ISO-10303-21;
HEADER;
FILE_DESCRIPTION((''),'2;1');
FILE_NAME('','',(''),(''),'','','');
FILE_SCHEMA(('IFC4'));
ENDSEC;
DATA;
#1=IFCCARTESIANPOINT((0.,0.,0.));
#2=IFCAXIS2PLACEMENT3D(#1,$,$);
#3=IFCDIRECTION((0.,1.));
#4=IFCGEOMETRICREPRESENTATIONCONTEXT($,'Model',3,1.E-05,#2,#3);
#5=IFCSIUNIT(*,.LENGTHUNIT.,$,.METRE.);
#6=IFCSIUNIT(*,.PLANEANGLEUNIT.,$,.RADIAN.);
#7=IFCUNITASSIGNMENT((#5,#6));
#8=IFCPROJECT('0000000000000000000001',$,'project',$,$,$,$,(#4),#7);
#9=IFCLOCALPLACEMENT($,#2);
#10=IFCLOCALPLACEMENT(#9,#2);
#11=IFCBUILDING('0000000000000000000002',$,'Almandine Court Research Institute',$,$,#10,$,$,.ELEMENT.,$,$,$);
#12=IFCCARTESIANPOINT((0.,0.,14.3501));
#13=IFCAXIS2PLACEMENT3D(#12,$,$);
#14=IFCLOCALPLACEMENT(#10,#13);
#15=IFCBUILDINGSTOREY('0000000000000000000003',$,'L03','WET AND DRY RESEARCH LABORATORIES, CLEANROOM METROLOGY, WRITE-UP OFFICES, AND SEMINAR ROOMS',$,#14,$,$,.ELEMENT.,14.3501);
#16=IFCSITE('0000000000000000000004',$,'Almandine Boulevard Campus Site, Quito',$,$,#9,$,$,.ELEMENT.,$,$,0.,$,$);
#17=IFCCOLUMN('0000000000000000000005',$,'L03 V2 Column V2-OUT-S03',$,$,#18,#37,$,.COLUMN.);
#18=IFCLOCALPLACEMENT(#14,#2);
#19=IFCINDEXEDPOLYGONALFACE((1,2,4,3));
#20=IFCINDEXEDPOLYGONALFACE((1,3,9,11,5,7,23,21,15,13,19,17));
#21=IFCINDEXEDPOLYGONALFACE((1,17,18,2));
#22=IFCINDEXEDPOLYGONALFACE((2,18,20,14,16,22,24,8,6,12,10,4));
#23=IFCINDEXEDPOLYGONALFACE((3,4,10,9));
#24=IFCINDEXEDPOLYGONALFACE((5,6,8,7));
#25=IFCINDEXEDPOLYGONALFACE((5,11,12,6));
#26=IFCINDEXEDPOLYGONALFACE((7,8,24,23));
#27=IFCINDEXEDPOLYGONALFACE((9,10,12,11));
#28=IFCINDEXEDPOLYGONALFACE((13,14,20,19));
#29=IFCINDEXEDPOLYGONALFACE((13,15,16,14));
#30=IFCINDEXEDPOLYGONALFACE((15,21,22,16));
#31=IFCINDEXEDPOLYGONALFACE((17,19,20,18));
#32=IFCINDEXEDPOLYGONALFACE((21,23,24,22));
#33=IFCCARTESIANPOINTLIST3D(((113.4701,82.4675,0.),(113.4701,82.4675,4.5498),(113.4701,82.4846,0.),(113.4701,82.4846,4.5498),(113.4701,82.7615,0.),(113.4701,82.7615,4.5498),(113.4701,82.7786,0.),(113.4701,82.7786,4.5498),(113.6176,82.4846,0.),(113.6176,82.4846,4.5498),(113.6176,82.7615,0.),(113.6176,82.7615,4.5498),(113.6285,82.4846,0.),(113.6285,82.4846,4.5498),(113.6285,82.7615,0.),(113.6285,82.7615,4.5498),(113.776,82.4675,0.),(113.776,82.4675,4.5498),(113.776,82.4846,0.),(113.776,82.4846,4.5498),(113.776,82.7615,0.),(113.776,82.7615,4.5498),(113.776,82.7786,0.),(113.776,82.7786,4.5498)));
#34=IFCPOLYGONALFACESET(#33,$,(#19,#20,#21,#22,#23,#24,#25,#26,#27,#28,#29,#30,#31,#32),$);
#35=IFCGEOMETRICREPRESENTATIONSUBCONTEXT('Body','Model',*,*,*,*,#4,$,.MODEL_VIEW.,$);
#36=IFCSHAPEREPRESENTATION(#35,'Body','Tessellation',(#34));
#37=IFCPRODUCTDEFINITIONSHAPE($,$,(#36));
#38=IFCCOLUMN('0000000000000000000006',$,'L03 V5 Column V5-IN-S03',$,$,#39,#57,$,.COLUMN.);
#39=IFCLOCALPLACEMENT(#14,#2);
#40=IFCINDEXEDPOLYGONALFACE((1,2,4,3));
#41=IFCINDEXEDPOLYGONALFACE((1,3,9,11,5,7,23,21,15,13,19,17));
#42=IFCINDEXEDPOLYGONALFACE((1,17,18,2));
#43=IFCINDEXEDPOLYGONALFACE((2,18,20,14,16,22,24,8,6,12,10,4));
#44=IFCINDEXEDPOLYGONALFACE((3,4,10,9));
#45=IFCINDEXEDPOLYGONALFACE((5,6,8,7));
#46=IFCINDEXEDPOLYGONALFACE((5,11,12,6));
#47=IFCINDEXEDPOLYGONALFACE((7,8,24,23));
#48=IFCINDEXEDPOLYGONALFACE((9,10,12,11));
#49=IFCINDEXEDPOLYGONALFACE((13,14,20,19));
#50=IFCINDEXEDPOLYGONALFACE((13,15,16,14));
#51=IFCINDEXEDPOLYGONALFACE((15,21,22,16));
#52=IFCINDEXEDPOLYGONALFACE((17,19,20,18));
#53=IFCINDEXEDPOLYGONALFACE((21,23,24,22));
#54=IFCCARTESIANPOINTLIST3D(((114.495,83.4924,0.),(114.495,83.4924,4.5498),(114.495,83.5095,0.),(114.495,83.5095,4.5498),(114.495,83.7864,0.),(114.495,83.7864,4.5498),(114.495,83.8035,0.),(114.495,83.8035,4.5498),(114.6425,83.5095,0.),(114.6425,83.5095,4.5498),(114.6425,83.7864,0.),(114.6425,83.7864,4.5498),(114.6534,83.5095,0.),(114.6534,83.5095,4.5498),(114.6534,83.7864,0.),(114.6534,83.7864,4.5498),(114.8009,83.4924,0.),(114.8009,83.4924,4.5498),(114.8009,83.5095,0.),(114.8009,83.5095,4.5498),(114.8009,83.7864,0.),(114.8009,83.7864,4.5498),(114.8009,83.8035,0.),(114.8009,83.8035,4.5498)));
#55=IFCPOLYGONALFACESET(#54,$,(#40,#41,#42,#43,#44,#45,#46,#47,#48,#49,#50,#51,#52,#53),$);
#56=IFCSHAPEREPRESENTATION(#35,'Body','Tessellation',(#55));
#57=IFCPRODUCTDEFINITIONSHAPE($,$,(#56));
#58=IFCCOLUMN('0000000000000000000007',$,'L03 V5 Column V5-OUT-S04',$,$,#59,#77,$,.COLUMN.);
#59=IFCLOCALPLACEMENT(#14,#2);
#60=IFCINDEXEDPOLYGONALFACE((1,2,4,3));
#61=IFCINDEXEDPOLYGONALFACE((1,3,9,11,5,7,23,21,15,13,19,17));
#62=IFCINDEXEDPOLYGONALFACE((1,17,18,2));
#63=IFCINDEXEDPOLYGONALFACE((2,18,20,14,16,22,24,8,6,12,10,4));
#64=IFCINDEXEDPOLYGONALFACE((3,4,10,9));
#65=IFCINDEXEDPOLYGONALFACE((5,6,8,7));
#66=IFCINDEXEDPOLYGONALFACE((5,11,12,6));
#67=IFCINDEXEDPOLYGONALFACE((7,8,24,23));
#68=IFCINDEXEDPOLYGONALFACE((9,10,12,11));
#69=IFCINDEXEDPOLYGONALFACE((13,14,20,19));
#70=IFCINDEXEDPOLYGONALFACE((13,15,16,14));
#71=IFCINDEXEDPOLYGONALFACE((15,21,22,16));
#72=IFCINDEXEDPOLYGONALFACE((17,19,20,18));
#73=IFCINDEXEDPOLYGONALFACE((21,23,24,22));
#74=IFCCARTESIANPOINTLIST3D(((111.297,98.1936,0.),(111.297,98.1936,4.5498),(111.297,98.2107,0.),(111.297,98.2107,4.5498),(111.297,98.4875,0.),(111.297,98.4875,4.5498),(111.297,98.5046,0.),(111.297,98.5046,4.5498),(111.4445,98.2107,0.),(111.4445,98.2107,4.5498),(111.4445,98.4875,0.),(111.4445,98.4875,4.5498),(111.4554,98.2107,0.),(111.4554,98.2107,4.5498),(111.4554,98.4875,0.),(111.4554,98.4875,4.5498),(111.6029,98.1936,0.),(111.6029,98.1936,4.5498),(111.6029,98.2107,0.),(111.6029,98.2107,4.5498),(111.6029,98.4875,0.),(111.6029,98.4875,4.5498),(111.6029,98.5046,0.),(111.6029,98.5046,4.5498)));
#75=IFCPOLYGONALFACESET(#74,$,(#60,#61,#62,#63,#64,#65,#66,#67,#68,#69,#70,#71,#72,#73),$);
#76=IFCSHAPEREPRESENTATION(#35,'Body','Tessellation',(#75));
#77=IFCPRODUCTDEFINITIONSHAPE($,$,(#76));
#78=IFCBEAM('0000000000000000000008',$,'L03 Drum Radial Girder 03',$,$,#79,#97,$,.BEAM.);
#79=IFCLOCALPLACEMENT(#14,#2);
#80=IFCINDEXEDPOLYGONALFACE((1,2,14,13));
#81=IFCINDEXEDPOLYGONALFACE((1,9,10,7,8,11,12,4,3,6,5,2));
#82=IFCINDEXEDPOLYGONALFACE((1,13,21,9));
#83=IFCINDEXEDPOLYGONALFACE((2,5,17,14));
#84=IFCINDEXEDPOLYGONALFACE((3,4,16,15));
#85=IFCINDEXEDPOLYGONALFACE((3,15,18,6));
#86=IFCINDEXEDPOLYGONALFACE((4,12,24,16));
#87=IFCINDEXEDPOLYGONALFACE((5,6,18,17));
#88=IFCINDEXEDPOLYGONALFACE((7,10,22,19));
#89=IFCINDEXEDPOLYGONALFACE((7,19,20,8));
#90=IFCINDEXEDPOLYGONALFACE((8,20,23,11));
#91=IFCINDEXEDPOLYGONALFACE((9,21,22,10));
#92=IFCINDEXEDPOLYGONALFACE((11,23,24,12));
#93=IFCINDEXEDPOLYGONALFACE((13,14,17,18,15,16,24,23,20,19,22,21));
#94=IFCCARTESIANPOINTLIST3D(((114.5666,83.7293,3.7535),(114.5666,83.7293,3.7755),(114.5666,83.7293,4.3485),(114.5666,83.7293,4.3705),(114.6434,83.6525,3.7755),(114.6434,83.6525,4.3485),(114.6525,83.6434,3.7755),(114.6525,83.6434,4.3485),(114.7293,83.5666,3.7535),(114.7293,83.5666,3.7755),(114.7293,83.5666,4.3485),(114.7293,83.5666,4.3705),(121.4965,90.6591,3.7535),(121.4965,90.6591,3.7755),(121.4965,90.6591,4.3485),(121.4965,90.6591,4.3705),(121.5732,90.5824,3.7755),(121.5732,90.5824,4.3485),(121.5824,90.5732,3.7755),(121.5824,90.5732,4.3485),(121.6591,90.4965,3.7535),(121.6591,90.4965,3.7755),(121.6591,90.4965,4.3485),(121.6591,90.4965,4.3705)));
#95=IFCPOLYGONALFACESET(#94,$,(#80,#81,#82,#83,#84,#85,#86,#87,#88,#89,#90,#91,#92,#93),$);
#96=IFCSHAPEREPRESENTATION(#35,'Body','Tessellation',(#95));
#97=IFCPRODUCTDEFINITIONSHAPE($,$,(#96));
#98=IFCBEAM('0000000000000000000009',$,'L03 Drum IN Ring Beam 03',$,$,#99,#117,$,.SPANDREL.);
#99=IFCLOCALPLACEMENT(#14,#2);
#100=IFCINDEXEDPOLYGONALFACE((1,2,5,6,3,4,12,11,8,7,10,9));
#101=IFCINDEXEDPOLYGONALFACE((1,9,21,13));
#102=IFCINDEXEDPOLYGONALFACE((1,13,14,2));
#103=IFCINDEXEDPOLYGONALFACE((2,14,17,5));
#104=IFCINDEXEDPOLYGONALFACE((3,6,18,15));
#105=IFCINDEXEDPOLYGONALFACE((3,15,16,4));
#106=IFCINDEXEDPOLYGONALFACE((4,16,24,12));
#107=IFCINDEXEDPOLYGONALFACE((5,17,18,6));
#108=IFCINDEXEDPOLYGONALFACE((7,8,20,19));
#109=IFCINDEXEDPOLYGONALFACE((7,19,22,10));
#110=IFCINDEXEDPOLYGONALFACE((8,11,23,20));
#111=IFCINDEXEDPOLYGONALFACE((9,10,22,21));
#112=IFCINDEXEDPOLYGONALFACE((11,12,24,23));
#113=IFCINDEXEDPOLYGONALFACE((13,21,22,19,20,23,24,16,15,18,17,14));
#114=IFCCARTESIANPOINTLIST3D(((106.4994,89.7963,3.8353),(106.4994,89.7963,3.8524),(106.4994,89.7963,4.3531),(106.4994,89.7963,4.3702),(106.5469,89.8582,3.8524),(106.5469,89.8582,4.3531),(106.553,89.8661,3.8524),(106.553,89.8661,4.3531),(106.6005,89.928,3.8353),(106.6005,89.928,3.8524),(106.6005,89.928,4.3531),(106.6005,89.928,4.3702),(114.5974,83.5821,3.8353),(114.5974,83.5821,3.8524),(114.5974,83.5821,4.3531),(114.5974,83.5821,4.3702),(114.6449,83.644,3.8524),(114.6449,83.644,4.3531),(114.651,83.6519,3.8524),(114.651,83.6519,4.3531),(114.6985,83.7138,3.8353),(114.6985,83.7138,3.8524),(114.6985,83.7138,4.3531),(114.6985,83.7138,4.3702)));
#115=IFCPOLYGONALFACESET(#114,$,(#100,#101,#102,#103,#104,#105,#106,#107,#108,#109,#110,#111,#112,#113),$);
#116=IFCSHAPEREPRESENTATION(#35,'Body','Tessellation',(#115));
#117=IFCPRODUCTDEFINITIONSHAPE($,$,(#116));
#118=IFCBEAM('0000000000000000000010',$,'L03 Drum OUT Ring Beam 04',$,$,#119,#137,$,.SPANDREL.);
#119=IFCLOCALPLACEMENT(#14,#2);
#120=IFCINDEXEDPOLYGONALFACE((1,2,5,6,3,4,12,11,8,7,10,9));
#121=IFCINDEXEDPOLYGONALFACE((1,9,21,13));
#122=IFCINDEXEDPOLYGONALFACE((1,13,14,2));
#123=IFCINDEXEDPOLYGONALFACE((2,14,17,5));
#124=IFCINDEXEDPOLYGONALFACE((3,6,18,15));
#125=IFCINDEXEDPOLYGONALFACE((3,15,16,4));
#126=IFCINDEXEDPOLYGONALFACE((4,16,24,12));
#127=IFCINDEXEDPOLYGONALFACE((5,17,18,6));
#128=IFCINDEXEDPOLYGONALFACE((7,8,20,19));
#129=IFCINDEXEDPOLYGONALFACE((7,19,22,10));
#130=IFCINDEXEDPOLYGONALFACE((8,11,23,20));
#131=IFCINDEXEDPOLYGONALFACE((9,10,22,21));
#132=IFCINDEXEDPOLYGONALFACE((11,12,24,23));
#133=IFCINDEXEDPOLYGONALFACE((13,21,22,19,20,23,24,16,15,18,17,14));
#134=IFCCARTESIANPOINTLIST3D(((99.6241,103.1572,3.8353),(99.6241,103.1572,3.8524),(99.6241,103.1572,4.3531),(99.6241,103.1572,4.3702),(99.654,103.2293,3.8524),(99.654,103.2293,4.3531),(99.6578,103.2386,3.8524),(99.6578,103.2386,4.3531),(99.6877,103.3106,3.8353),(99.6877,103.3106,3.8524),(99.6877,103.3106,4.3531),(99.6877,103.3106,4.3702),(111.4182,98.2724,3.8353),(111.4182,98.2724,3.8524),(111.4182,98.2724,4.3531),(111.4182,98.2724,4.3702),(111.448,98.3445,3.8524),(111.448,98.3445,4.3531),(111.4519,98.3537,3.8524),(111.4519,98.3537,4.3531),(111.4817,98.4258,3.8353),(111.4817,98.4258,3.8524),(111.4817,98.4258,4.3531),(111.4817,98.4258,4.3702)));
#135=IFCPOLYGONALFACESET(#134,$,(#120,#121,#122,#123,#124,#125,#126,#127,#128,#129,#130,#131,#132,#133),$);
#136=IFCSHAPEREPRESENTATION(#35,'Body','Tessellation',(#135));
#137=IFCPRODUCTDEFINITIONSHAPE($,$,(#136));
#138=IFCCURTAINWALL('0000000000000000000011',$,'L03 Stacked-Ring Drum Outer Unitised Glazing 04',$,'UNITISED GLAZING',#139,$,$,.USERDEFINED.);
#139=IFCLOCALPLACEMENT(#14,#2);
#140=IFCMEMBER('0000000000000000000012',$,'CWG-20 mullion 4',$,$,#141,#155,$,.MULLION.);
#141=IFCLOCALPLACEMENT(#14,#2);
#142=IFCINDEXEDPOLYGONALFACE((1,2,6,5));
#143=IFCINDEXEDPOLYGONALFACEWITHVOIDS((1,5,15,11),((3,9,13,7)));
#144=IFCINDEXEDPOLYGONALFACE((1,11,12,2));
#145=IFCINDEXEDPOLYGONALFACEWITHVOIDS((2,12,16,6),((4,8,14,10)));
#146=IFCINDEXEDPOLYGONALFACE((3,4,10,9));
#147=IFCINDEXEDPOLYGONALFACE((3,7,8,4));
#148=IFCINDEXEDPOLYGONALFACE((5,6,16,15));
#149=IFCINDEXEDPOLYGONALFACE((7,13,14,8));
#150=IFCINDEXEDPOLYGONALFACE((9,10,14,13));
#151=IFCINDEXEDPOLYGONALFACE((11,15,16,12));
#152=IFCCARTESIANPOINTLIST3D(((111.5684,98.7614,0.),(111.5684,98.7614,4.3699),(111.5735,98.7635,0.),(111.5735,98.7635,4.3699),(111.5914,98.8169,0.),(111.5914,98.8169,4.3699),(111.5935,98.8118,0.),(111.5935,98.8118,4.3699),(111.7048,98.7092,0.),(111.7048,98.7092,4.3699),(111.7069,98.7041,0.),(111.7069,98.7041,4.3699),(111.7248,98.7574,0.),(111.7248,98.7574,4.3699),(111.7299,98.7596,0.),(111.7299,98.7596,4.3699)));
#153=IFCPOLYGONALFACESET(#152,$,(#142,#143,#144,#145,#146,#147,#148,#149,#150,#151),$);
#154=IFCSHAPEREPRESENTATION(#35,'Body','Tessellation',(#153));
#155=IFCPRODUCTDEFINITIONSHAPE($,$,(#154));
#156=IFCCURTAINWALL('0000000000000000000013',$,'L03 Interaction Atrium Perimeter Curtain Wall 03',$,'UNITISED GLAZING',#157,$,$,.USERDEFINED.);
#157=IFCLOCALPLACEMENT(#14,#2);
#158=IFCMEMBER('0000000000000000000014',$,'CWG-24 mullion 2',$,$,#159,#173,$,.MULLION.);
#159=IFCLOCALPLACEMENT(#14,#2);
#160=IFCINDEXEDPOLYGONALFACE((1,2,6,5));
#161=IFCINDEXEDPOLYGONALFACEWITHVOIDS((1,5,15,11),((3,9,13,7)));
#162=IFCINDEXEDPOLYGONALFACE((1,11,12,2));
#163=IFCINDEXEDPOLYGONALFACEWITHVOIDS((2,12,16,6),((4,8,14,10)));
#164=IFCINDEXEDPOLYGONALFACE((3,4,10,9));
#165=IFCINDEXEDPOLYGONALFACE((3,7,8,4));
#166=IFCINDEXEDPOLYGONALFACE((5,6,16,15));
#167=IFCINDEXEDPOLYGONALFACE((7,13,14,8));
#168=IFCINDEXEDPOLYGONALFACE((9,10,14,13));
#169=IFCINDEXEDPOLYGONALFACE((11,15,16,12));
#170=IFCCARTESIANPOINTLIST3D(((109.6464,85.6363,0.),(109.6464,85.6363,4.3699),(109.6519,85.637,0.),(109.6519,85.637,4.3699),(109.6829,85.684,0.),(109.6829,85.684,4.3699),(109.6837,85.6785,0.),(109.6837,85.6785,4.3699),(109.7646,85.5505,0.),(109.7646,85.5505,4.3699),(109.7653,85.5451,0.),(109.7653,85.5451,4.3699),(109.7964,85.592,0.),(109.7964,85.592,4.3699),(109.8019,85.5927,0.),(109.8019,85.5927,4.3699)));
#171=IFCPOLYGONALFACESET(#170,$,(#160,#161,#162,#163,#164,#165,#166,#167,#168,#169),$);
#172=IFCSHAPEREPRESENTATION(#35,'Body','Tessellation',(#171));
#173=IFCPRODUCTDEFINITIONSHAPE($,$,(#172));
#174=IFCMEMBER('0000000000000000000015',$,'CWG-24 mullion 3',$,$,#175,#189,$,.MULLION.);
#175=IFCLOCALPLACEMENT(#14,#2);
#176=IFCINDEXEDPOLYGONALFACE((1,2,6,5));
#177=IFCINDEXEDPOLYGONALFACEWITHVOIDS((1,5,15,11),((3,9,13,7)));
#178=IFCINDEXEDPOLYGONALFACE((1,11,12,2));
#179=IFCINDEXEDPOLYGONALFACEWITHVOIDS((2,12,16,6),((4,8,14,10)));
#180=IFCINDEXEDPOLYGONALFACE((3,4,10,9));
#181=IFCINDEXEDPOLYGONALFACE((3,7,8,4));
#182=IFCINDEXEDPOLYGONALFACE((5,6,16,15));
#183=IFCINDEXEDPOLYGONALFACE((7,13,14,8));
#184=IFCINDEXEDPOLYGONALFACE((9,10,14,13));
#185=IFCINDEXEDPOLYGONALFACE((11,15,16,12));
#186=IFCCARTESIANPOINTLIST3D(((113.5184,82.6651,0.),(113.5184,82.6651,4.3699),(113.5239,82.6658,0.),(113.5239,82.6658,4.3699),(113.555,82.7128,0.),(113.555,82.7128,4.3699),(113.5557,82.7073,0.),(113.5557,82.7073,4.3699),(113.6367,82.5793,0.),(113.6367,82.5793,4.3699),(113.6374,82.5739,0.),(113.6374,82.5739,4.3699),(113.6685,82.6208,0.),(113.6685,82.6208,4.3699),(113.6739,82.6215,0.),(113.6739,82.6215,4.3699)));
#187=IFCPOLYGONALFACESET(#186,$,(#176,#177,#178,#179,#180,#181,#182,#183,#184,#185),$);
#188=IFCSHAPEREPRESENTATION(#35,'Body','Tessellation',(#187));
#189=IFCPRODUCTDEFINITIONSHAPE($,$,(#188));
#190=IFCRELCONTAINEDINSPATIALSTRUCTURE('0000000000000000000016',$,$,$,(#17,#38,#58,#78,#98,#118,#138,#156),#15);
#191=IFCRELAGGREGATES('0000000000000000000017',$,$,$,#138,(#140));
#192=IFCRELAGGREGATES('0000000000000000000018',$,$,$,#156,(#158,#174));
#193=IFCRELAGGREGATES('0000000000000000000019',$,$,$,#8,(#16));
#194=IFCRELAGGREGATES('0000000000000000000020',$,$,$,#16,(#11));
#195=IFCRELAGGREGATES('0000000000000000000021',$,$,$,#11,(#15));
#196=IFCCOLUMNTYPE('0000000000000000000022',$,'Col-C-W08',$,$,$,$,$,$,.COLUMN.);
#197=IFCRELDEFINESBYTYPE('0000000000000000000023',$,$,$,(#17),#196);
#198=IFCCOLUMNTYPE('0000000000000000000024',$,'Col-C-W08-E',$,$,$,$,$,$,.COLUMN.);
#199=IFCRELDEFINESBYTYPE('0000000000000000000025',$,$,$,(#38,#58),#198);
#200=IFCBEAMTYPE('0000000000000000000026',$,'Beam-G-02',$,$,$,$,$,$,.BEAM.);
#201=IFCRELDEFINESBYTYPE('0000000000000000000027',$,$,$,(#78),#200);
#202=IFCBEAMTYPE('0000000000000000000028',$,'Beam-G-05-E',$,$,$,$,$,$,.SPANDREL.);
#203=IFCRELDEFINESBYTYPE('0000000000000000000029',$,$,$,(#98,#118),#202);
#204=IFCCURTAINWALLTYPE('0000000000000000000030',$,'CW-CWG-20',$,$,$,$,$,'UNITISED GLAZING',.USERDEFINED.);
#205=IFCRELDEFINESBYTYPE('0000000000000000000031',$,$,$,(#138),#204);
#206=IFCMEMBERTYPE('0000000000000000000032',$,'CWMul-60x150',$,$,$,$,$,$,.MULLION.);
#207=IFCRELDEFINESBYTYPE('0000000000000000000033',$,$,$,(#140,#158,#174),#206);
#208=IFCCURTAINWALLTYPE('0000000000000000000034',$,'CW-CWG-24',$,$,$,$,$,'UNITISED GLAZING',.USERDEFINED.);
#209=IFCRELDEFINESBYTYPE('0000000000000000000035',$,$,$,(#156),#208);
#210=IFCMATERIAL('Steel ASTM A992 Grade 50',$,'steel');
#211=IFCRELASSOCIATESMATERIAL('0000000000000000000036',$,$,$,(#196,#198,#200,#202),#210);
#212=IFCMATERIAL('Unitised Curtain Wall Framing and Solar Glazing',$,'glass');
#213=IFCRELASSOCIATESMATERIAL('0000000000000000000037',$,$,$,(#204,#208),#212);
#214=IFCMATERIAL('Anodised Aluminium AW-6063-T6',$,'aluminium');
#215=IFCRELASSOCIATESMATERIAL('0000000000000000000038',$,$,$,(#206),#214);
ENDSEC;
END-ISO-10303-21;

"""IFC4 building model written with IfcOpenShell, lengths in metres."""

from ifc_helpers import new_model, si_unit, direction, frame, origin, origin_2d, place, context, subcontext, project, spatial, hollow_rectangle, i_section, extrude, material, material_profile, profile_set, type_object, element, aggregate, save


model = new_model("IFC4")

# Units and contexts
model_context = context("Model", 3, precision=1e-05, world=origin(), true_north=direction((0.0, 1.0)))
body_context = subcontext(model_context, "Body", "Model", "MODEL_VIEW")
ifc_project = project(units=[si_unit("LENGTHUNIT", "METRE"), si_unit("PLANEANGLEUNIT", "RADIAN")], contexts=[model_context])

# Site, building, storey
site_placement = place(None, origin())
site = spatial("IfcSite", under=ifc_project, at=site_placement, Name="Almandine Boulevard Campus Site, Quito", CompositionType="ELEMENT", RefElevation=0.0)
building_placement = place(site_placement, origin())
building = spatial("IfcBuilding", under=site, at=building_placement, Name="Almandine Court Research Institute", CompositionType="ELEMENT")
storey_placement = place(building_placement, frame((0.0, 0.0, 14.3501)))
storey = spatial("IfcBuildingStorey", under=building, at=storey_placement, Name="L03", Description="WET AND DRY RESEARCH LABORATORIES, CLEANROOM METROLOGY, WRITE-UP OFFICES, AND SEMINAR ROOMS", CompositionType="ELEMENT", Elevation=14.3501)

# Columns
ifc_material_1 = material(Name="Steel ASTM A992 Grade 50", Category="steel")
ifc_material_profile_1 = material_profile(ifc_material_1, i_section(OverallWidth=0.3059, OverallDepth=0.311, WebThickness=0.011, FlangeThickness=0.0171, at=origin_2d()), Name="W310x107")
ifc_profile_set_1 = profile_set([ifc_material_profile_1], Name="Steel ASTM A992 Grade 50")
column_type_1 = type_object("IfcColumnType", Name="Col-C-W08", PredefinedType="COLUMN", material=ifc_profile_set_1)
column_placement = place(storey_placement, frame((113.623, 82.623, 0.0), z_axis=(0.0, 0.0, 1.0), x_axis=(1.0, 0.0, 0.0)))
element("IfcColumn", 1, at=column_placement, inside=storey, type_object=column_type_1, Name="L03 V2 Column V2-OUT-S03", PredefinedType="COLUMN", context=body_context, shape_type="SweptSolid", body=[
    extrude(i_section(OverallWidth=0.3059, OverallDepth=0.311, WebThickness=0.011, FlangeThickness=0.0171, at=origin_2d()), origin(), (0.0, 0.0, 1.0), 4.5498),
])
ifc_material_profile_2 = material_profile(ifc_material_1, i_section(OverallWidth=0.3059, OverallDepth=0.311, WebThickness=0.011, FlangeThickness=0.0171, at=origin_2d()), Name="W310x107")
ifc_profile_set_2 = profile_set([ifc_material_profile_2], Name="Steel ASTM A992 Grade 50")
column_type_2 = type_object("IfcColumnType", Name="Col-C-W08-E", PredefinedType="COLUMN", material=ifc_profile_set_2)
for number, where, z_axis, x_axis, name in (
    (2, (114.6479, 83.6479, 0.0), (0.0, 0.0, 1.0), (1.0, 0.0, 0.0), "L03 V5 Column V5-IN-S03"),
    (3, (111.45, 98.3491, 0.0), (0.0, 0.0, 1.0), (1.0, 0.0, 0.0), "L03 V5 Column V5-OUT-S04"),
):
    element("IfcColumn", number, at=place(storey_placement, frame(where, z_axis=z_axis, x_axis=x_axis)), inside=storey, type_object=column_type_2, Name=name, PredefinedType="COLUMN", context=body_context, shape_type="SweptSolid", body=[
        extrude(i_section(OverallWidth=0.3059, OverallDepth=0.311, WebThickness=0.011, FlangeThickness=0.0171, at=origin_2d()), origin(), (0.0, 0.0, 1.0), 4.5498),
    ])

# Beams
ifc_material_profile_3 = material_profile(ifc_material_1, i_section(OverallWidth=0.23, OverallDepth=0.6169, WebThickness=0.0129, FlangeThickness=0.022, at=origin_2d()), Name="W610x140")
ifc_profile_set_3 = profile_set([ifc_material_profile_3], Name="Steel ASTM A992 Grade 50")
beam_type_1 = type_object("IfcBeamType", Name="Beam-G-02", PredefinedType="BEAM", material=ifc_profile_set_3)
beam_1_placement = place(storey_placement, frame((114.6479, 83.6479, 4.062), z_axis=(0.707107, 0.707107, 0.0), x_axis=(-0.707107, 0.707107, 0.0)))
element("IfcBeam", 4, at=beam_1_placement, inside=storey, type_object=beam_type_1, Name="L03 Drum Radial Girder 03", PredefinedType="BEAM", context=body_context, shape_type="SweptSolid", body=[
    extrude(i_section(OverallWidth=0.23, OverallDepth=0.6169, WebThickness=0.0129, FlangeThickness=0.022, at=origin_2d()), origin(), (0.0, 0.0, 1.0), 9.8003),
])
ifc_material_profile_4 = material_profile(ifc_material_1, i_section(OverallWidth=0.166, OverallDepth=0.5349, WebThickness=0.01, FlangeThickness=0.0171, at=origin_2d()), Name="W530x85")
ifc_profile_set_4 = profile_set([ifc_material_profile_4], Name="Steel ASTM A992 Grade 50")
beam_type_2 = type_object("IfcBeamType", Name="Beam-G-05-E", PredefinedType="SPANDREL", material=ifc_profile_set_4)
beam_2_placement = place(storey_placement, frame((114.6479, 83.6479, 4.1028), z_axis=(-0.793336, 0.608784, 0.0), x_axis=(-0.608784, -0.793336, 0.0)))
element("IfcBeam", 5, at=beam_2_placement, inside=storey, type_object=beam_type_2, Name="L03 Drum IN Ring Beam 03", PredefinedType="SPANDREL", context=body_context, shape_type="SweptSolid", body=[
    extrude(i_section(OverallWidth=0.166, OverallDepth=0.5349, WebThickness=0.01, FlangeThickness=0.0171, at=origin_2d()), origin(), (0.0, 0.0, 1.0), 10.2075),
])
beam_3_placement = place(storey_placement, frame((111.45, 98.3491, 4.1028), z_axis=(-0.923892, 0.382654, 0.0), x_axis=(-0.382654, -0.923892, 0.0)))
element("IfcBeam", 6, at=beam_3_placement, inside=storey, type_object=beam_type_2, Name="L03 Drum OUT Ring Beam 04", PredefinedType="SPANDREL", context=body_context, shape_type="SweptSolid", body=[
    extrude(i_section(OverallWidth=0.166, OverallDepth=0.5349, WebThickness=0.01, FlangeThickness=0.0171, at=origin_2d()), origin(), (0.0, 0.0, 1.0), 12.7656),
])

# Curtain wall, member
ifc_material_2 = material(Name="Unitised Curtain Wall Framing and Solar Glazing", Category="glass")
curtain_wall_type_1 = type_object("IfcCurtainWallType", Name="CW-CWG-20", ElementType="UNITISED GLAZING", PredefinedType="USERDEFINED", material=ifc_material_2)
curtain_wall_1_placement = place(storey_placement, origin())
curtain_wall_1 = element("IfcCurtainWall", 7, at=curtain_wall_1_placement, inside=storey, type_object=curtain_wall_type_1, Name="L03 Stacked-Ring Drum Outer Unitised Glazing 04", ObjectType="UNITISED GLAZING", PredefinedType="USERDEFINED")
ifc_material_3 = material(Name="Anodised Aluminium AW-6063-T6", Category="aluminium")
ifc_material_profile_5 = material_profile(ifc_material_3, hollow_rectangle(XDim=0.0601, YDim=0.1499, WallThickness=0.0039, at=origin_2d()), Name="ALU RHS 60x150x4")
ifc_profile_set_5 = profile_set([ifc_material_profile_5], Name="Anodised Aluminium AW-6063-T6")
member_type_1 = type_object("IfcMemberType", Name="CWMul-60x150", PredefinedType="MULLION", material=ifc_profile_set_5)
member_1_placement = place(storey_placement, frame((111.6492, 98.7605, 0.0), z_axis=(0.0, 0.0, 1.0), x_axis=(0.382663, 0.923888, 0.0)))
member_1 = element("IfcMember", 8, at=member_1_placement, type_object=member_type_1, Name="CWG-20 mullion 4", PredefinedType="MULLION", context=body_context, shape_type="SweptSolid", body=[
    extrude(hollow_rectangle(XDim=0.0601, YDim=0.1499, WallThickness=0.0039, at=origin_2d()), origin(), (0.0, 0.0, 1.0), 4.3699),
])

# Curtain wall, members
curtain_wall_type_2 = type_object("IfcCurtainWallType", Name="CW-CWG-24", ElementType="UNITISED GLAZING", PredefinedType="USERDEFINED", material=ifc_material_2)
curtain_wall_2_placement = place(storey_placement, origin())
curtain_wall_2 = element("IfcCurtainWall", 9, at=curtain_wall_2_placement, inside=storey, type_object=curtain_wall_type_2, Name="L03 Interaction Atrium Perimeter Curtain Wall 03", ObjectType="UNITISED GLAZING", PredefinedType="USERDEFINED")
member_2_placement = place(storey_placement, frame((109.7241, 85.6145, 0.0), z_axis=(0.0, 0.0, 1.0), x_axis=(0.608761, 0.793354, 0.0)))
member_2 = element("IfcMember", 10, at=member_2_placement, type_object=member_type_1, Name="CWG-24 mullion 2", PredefinedType="MULLION", context=body_context, shape_type="SweptSolid", body=[
    extrude(hollow_rectangle(XDim=0.0601, YDim=0.1499, WallThickness=0.0039, at=origin_2d()), origin(), (0.0, 0.0, 1.0), 4.3699),
])
member_3_placement = place(storey_placement, frame((113.5962, 82.6433, 0.0), z_axis=(0.0, 0.0, 1.0), x_axis=(0.608761, 0.793354, 0.0)))
member_3 = element("IfcMember", 11, at=member_3_placement, type_object=member_type_1, Name="CWG-24 mullion 3", PredefinedType="MULLION", context=body_context, shape_type="SweptSolid", body=[
    extrude(hollow_rectangle(XDim=0.0601, YDim=0.1499, WallThickness=0.0039, at=origin_2d()), origin(), (0.0, 0.0, 1.0), 4.3699),
])

aggregate(curtain_wall_1, [member_1])
aggregate(curtain_wall_2, [member_2, member_3])

save(model, "model.ifc")
